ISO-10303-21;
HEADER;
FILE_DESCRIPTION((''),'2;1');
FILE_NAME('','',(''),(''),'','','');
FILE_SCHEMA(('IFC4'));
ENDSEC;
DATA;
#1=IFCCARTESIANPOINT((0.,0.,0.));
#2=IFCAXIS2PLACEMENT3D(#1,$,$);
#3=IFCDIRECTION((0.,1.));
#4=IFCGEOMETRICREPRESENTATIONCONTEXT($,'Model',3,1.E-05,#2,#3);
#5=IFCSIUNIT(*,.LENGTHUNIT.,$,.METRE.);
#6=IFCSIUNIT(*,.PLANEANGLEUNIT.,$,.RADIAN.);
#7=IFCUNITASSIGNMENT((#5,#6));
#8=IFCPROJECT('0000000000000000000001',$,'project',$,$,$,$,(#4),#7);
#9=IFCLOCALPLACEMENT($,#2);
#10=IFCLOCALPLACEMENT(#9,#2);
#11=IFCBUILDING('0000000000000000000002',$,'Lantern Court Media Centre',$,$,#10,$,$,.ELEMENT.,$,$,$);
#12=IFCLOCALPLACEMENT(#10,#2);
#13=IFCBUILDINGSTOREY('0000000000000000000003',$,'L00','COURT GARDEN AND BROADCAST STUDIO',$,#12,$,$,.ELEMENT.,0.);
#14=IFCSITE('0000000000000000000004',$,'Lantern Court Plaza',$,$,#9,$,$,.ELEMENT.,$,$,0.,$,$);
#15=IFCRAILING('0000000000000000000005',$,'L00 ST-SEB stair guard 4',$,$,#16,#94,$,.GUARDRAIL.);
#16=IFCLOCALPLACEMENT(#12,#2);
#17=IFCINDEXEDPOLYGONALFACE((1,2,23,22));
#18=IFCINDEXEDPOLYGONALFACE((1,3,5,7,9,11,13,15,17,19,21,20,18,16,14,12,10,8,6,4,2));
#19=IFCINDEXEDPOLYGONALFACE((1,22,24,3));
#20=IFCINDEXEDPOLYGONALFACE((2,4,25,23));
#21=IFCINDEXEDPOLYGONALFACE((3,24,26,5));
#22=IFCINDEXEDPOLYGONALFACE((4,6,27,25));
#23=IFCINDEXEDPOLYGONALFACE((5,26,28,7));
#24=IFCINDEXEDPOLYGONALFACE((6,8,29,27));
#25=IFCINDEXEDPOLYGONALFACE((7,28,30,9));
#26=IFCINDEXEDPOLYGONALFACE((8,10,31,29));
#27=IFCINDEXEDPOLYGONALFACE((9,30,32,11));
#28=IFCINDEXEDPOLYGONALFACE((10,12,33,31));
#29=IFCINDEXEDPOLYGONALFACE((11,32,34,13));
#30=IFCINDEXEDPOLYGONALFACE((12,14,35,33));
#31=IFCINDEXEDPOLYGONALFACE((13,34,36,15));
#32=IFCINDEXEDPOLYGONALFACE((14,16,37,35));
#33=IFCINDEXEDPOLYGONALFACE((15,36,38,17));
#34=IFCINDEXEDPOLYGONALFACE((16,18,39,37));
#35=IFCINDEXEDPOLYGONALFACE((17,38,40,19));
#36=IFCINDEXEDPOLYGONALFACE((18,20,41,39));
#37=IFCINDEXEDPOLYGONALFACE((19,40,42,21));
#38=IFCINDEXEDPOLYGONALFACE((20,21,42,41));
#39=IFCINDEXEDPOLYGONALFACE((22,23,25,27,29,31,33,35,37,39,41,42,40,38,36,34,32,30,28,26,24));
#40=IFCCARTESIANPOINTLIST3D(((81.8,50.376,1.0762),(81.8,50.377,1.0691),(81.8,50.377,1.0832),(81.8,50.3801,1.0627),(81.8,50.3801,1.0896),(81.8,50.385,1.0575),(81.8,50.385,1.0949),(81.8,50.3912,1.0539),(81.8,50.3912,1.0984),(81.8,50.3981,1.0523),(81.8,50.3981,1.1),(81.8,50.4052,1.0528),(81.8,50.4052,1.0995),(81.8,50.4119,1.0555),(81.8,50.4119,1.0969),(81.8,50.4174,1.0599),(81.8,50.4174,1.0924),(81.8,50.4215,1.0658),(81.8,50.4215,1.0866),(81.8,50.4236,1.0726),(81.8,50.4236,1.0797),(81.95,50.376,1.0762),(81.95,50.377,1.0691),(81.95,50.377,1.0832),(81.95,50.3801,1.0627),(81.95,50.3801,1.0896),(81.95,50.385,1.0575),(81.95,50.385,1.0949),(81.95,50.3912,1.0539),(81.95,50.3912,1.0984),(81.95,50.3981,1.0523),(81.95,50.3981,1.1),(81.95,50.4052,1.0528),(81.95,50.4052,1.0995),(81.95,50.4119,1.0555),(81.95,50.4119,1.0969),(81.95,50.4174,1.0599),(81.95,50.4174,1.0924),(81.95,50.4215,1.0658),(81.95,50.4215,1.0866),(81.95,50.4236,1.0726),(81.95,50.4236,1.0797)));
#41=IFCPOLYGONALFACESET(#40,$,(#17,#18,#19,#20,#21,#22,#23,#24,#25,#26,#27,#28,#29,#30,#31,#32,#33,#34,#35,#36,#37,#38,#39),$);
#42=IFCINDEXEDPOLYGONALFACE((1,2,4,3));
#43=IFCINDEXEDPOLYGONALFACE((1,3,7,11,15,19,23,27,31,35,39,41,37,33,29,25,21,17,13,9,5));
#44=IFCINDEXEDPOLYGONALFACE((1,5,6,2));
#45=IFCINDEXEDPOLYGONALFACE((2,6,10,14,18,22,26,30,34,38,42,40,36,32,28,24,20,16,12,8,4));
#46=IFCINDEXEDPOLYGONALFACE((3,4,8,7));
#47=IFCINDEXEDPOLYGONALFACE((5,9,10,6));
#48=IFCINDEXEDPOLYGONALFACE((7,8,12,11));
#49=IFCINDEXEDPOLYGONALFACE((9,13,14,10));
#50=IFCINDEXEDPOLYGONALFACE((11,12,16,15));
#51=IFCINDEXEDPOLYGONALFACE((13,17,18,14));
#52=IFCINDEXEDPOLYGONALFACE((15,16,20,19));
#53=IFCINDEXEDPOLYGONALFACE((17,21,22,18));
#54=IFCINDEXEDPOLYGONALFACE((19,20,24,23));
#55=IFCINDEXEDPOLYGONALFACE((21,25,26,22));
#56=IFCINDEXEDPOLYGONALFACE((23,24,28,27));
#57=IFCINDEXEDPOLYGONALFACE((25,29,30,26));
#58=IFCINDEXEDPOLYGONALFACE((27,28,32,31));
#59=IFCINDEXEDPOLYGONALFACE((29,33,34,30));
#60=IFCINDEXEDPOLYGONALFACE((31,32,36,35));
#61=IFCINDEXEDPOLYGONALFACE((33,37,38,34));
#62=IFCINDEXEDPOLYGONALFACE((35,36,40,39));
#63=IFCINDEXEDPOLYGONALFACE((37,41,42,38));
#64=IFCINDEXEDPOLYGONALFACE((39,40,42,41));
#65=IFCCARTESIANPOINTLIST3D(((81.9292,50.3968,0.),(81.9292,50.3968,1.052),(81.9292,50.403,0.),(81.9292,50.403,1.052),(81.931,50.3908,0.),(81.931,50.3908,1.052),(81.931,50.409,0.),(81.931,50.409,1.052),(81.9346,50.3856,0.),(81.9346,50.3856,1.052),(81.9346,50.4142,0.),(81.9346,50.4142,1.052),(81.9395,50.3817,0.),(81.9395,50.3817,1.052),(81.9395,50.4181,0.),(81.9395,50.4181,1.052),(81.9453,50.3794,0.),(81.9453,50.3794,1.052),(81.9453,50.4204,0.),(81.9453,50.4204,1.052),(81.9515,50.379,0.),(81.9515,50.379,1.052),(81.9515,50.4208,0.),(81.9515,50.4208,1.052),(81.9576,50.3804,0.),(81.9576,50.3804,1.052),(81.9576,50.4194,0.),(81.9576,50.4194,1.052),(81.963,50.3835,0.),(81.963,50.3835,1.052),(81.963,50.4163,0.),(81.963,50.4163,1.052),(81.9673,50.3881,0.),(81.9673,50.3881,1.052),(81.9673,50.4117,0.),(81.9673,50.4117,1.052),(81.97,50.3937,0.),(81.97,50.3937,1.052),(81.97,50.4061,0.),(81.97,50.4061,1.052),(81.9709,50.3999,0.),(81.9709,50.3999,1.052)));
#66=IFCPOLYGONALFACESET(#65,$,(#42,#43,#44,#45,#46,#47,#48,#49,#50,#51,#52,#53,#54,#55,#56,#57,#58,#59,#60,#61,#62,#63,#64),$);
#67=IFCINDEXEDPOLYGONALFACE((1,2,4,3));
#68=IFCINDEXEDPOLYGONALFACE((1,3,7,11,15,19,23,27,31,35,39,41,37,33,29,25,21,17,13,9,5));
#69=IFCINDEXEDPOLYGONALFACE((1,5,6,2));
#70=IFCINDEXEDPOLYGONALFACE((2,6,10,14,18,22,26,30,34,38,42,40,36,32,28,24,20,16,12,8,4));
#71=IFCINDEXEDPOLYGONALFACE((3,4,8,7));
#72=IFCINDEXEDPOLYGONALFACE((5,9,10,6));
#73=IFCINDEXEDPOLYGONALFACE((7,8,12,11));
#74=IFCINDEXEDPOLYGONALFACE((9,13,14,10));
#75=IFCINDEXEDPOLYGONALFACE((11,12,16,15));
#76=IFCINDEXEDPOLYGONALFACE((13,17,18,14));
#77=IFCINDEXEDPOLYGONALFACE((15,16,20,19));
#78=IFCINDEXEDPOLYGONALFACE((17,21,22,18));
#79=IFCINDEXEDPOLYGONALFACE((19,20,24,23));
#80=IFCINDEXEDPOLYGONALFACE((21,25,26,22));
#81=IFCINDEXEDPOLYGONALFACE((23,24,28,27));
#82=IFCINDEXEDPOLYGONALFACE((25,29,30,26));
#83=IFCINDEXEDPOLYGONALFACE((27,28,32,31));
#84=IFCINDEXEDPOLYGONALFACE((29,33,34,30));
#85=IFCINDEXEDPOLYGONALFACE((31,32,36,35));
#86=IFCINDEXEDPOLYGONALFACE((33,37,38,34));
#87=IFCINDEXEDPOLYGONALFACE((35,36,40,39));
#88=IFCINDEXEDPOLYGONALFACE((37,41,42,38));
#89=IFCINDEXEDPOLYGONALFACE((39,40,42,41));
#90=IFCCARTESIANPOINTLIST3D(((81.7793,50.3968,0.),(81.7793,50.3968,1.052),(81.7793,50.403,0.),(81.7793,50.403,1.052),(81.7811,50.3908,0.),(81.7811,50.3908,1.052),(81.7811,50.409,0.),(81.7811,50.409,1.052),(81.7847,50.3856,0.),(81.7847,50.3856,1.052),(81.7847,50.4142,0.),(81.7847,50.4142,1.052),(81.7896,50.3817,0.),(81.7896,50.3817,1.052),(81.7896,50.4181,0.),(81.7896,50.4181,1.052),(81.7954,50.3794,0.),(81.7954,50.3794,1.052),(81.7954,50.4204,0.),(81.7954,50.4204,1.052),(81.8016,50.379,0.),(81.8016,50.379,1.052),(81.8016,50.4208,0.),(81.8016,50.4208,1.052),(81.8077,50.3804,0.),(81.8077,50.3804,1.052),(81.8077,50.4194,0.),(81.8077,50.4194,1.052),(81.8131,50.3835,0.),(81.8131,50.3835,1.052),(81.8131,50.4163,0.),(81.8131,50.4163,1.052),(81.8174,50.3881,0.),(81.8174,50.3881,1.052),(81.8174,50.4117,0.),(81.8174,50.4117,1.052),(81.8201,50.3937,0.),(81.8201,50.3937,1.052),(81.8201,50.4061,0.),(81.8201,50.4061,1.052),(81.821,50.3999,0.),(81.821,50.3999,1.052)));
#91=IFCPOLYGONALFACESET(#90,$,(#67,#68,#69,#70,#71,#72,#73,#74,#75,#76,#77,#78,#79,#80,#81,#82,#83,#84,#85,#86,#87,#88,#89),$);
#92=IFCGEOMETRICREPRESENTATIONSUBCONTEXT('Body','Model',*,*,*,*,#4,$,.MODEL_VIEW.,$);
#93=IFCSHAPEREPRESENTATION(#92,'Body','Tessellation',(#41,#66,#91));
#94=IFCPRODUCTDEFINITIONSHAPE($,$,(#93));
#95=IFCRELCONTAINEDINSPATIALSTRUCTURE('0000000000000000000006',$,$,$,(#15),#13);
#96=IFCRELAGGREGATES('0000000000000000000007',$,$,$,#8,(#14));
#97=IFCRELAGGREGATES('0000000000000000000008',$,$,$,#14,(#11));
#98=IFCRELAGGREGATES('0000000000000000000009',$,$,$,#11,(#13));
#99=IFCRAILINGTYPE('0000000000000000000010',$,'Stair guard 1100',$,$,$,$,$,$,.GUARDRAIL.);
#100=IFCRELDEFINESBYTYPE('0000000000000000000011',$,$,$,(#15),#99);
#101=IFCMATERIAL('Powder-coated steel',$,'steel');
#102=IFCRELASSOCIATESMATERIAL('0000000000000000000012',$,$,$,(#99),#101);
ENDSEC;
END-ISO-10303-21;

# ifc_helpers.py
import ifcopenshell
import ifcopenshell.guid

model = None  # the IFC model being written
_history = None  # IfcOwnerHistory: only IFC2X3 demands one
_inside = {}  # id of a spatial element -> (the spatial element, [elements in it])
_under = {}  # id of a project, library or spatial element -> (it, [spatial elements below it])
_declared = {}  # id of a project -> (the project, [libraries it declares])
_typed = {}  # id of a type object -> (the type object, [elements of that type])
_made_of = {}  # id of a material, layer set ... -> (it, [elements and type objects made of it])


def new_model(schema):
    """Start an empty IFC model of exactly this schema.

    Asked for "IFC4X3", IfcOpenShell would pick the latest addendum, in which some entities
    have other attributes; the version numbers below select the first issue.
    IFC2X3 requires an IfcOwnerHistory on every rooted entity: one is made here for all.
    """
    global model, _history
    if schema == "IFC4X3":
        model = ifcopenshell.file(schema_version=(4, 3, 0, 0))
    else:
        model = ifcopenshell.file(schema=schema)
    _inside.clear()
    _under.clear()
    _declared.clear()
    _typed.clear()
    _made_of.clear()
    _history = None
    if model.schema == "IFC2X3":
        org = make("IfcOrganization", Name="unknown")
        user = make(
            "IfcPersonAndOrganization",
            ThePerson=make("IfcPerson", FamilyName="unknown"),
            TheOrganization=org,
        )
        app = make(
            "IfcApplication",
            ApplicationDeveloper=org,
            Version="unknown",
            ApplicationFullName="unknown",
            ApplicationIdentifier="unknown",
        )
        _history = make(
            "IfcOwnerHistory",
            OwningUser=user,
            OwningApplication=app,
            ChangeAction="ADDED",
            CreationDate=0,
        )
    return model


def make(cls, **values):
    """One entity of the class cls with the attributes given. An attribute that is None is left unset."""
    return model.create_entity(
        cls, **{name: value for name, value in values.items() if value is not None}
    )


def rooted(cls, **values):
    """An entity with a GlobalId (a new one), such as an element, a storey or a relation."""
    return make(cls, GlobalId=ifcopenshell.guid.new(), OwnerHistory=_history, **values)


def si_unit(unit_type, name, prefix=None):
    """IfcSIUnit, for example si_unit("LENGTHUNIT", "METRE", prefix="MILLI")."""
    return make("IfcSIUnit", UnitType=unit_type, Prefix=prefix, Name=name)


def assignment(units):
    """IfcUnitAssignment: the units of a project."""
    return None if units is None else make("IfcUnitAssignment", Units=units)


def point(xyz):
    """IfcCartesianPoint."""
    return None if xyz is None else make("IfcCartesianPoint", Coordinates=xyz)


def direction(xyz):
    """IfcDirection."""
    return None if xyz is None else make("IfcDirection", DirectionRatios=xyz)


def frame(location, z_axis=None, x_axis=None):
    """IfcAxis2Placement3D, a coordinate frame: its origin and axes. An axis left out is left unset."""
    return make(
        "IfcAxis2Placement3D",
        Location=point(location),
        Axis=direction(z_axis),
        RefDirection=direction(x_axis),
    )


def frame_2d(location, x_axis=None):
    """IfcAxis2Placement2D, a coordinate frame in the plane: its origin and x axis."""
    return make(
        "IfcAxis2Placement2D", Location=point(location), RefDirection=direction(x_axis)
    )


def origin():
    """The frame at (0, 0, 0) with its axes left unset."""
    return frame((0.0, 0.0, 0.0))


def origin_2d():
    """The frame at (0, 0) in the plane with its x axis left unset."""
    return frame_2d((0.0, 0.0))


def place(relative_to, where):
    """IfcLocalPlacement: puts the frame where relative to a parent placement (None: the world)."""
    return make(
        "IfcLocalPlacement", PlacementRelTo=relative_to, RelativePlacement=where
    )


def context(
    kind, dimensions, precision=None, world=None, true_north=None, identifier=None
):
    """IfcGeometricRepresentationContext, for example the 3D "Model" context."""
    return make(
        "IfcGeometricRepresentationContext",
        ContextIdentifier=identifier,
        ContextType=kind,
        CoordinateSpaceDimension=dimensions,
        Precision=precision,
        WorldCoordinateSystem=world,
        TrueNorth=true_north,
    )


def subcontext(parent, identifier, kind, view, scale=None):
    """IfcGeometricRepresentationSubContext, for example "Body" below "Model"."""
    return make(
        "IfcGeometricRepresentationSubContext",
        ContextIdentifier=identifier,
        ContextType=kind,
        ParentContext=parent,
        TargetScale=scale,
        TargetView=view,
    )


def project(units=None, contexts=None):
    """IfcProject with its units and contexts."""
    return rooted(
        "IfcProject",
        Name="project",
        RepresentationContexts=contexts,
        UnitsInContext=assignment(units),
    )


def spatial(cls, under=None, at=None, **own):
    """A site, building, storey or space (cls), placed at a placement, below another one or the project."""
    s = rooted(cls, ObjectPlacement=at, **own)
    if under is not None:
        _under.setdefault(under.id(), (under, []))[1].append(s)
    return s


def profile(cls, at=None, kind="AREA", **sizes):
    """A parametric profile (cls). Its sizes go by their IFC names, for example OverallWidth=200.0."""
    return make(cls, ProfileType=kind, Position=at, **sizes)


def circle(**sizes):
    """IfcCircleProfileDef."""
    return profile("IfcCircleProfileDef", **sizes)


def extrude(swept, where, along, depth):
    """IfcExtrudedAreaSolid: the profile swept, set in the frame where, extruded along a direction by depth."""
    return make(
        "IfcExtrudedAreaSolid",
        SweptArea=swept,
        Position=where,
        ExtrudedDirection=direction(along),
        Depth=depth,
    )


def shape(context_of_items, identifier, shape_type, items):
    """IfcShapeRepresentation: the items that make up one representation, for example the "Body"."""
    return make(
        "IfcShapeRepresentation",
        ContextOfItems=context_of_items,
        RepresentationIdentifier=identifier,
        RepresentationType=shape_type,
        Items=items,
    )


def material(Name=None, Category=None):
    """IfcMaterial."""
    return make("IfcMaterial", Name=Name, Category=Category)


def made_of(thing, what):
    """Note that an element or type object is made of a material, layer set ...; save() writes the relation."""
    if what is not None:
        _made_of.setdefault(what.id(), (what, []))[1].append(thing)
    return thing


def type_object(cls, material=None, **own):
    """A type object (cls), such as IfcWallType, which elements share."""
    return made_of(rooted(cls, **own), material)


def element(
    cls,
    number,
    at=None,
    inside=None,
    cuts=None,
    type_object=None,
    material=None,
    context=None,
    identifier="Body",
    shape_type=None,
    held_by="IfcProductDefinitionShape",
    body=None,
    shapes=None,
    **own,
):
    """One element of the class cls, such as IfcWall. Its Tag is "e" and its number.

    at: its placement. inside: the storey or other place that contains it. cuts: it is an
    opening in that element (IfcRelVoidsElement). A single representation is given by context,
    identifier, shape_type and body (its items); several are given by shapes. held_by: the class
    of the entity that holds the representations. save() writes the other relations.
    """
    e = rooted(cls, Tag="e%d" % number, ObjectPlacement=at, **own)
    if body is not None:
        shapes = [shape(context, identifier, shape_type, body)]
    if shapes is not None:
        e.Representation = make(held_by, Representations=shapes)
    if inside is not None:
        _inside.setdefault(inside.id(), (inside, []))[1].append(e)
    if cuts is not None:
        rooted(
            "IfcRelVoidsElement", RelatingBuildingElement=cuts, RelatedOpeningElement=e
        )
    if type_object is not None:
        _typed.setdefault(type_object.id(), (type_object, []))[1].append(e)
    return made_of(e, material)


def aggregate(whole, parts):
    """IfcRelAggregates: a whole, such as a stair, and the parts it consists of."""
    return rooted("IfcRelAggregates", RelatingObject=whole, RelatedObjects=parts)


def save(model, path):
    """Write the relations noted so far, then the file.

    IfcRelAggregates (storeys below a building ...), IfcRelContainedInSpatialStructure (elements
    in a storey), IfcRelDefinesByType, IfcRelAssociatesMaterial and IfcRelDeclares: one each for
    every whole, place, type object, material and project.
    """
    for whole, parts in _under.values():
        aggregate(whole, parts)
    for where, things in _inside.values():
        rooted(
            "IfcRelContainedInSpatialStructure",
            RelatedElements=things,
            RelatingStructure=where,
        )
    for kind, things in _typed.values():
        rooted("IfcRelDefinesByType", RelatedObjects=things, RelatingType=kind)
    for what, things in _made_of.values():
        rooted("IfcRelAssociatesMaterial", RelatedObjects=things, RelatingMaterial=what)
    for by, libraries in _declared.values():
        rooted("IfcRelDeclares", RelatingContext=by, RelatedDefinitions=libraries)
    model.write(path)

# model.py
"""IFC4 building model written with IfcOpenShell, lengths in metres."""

from ifc_helpers import new_model, si_unit, direction, frame, origin, origin_2d, place, context, subcontext, project, spatial, circle, extrude, material, type_object, element, save


model = new_model("IFC4")

# Units and contexts
model_context = context("Model", 3, precision=1e-05, world=origin(), true_north=direction((0.0, 1.0)))
body_context = subcontext(model_context, "Body", "Model", "MODEL_VIEW")
ifc_project = project(units=[si_unit("LENGTHUNIT", "METRE"), si_unit("PLANEANGLEUNIT", "RADIAN")], contexts=[model_context])

# Site, building, storey
site_placement = place(None, origin())
site = spatial("IfcSite", under=ifc_project, at=site_placement, Name="Lantern Court Plaza", CompositionType="ELEMENT", RefElevation=0.0)
building_placement = place(site_placement, origin())
building = spatial("IfcBuilding", under=site, at=building_placement, Name="Lantern Court Media Centre", CompositionType="ELEMENT")
storey_placement = place(building_placement, origin())
storey = spatial("IfcBuildingStorey", under=building, at=storey_placement, Name="L00", Description="COURT GARDEN AND BROADCAST STUDIO", CompositionType="ELEMENT", Elevation=0.0)

# Railing
ifc_material_1 = material(Name="Powder-coated steel", Category="steel")
railing_type_1 = type_object("IfcRailingType", Name="Stair guard 1100", PredefinedType="GUARDRAIL", material=ifc_material_1)
railing_1_placement = place(storey_placement, frame((81.95, 50.3999, 0.0)))
element("IfcRailing", 1, at=railing_1_placement, inside=storey, type_object=railing_type_1, Name="L00 ST-SEB stair guard 4", PredefinedType="GUARDRAIL", context=body_context, shape_type="SweptSolid", body=[
    extrude(circle(Radius=0.0239, at=origin_2d()), frame((0.0, 0.0, 1.0762), z_axis=(-1.0, 0.0, 0.0), x_axis=(0.0, -1.0, 0.0)), (0.0, 0.0, 1.0), 0.1499),
    extrude(circle(Radius=0.021, at=origin_2d()), origin(), (0.0, 0.0, 1.0), 1.052),
    extrude(circle(Radius=0.021, at=origin_2d()), frame((-0.1499, 0.0, 0.0)), (0.0, 0.0, 1.0), 1.052),
])

save(model, "model.ifc")
